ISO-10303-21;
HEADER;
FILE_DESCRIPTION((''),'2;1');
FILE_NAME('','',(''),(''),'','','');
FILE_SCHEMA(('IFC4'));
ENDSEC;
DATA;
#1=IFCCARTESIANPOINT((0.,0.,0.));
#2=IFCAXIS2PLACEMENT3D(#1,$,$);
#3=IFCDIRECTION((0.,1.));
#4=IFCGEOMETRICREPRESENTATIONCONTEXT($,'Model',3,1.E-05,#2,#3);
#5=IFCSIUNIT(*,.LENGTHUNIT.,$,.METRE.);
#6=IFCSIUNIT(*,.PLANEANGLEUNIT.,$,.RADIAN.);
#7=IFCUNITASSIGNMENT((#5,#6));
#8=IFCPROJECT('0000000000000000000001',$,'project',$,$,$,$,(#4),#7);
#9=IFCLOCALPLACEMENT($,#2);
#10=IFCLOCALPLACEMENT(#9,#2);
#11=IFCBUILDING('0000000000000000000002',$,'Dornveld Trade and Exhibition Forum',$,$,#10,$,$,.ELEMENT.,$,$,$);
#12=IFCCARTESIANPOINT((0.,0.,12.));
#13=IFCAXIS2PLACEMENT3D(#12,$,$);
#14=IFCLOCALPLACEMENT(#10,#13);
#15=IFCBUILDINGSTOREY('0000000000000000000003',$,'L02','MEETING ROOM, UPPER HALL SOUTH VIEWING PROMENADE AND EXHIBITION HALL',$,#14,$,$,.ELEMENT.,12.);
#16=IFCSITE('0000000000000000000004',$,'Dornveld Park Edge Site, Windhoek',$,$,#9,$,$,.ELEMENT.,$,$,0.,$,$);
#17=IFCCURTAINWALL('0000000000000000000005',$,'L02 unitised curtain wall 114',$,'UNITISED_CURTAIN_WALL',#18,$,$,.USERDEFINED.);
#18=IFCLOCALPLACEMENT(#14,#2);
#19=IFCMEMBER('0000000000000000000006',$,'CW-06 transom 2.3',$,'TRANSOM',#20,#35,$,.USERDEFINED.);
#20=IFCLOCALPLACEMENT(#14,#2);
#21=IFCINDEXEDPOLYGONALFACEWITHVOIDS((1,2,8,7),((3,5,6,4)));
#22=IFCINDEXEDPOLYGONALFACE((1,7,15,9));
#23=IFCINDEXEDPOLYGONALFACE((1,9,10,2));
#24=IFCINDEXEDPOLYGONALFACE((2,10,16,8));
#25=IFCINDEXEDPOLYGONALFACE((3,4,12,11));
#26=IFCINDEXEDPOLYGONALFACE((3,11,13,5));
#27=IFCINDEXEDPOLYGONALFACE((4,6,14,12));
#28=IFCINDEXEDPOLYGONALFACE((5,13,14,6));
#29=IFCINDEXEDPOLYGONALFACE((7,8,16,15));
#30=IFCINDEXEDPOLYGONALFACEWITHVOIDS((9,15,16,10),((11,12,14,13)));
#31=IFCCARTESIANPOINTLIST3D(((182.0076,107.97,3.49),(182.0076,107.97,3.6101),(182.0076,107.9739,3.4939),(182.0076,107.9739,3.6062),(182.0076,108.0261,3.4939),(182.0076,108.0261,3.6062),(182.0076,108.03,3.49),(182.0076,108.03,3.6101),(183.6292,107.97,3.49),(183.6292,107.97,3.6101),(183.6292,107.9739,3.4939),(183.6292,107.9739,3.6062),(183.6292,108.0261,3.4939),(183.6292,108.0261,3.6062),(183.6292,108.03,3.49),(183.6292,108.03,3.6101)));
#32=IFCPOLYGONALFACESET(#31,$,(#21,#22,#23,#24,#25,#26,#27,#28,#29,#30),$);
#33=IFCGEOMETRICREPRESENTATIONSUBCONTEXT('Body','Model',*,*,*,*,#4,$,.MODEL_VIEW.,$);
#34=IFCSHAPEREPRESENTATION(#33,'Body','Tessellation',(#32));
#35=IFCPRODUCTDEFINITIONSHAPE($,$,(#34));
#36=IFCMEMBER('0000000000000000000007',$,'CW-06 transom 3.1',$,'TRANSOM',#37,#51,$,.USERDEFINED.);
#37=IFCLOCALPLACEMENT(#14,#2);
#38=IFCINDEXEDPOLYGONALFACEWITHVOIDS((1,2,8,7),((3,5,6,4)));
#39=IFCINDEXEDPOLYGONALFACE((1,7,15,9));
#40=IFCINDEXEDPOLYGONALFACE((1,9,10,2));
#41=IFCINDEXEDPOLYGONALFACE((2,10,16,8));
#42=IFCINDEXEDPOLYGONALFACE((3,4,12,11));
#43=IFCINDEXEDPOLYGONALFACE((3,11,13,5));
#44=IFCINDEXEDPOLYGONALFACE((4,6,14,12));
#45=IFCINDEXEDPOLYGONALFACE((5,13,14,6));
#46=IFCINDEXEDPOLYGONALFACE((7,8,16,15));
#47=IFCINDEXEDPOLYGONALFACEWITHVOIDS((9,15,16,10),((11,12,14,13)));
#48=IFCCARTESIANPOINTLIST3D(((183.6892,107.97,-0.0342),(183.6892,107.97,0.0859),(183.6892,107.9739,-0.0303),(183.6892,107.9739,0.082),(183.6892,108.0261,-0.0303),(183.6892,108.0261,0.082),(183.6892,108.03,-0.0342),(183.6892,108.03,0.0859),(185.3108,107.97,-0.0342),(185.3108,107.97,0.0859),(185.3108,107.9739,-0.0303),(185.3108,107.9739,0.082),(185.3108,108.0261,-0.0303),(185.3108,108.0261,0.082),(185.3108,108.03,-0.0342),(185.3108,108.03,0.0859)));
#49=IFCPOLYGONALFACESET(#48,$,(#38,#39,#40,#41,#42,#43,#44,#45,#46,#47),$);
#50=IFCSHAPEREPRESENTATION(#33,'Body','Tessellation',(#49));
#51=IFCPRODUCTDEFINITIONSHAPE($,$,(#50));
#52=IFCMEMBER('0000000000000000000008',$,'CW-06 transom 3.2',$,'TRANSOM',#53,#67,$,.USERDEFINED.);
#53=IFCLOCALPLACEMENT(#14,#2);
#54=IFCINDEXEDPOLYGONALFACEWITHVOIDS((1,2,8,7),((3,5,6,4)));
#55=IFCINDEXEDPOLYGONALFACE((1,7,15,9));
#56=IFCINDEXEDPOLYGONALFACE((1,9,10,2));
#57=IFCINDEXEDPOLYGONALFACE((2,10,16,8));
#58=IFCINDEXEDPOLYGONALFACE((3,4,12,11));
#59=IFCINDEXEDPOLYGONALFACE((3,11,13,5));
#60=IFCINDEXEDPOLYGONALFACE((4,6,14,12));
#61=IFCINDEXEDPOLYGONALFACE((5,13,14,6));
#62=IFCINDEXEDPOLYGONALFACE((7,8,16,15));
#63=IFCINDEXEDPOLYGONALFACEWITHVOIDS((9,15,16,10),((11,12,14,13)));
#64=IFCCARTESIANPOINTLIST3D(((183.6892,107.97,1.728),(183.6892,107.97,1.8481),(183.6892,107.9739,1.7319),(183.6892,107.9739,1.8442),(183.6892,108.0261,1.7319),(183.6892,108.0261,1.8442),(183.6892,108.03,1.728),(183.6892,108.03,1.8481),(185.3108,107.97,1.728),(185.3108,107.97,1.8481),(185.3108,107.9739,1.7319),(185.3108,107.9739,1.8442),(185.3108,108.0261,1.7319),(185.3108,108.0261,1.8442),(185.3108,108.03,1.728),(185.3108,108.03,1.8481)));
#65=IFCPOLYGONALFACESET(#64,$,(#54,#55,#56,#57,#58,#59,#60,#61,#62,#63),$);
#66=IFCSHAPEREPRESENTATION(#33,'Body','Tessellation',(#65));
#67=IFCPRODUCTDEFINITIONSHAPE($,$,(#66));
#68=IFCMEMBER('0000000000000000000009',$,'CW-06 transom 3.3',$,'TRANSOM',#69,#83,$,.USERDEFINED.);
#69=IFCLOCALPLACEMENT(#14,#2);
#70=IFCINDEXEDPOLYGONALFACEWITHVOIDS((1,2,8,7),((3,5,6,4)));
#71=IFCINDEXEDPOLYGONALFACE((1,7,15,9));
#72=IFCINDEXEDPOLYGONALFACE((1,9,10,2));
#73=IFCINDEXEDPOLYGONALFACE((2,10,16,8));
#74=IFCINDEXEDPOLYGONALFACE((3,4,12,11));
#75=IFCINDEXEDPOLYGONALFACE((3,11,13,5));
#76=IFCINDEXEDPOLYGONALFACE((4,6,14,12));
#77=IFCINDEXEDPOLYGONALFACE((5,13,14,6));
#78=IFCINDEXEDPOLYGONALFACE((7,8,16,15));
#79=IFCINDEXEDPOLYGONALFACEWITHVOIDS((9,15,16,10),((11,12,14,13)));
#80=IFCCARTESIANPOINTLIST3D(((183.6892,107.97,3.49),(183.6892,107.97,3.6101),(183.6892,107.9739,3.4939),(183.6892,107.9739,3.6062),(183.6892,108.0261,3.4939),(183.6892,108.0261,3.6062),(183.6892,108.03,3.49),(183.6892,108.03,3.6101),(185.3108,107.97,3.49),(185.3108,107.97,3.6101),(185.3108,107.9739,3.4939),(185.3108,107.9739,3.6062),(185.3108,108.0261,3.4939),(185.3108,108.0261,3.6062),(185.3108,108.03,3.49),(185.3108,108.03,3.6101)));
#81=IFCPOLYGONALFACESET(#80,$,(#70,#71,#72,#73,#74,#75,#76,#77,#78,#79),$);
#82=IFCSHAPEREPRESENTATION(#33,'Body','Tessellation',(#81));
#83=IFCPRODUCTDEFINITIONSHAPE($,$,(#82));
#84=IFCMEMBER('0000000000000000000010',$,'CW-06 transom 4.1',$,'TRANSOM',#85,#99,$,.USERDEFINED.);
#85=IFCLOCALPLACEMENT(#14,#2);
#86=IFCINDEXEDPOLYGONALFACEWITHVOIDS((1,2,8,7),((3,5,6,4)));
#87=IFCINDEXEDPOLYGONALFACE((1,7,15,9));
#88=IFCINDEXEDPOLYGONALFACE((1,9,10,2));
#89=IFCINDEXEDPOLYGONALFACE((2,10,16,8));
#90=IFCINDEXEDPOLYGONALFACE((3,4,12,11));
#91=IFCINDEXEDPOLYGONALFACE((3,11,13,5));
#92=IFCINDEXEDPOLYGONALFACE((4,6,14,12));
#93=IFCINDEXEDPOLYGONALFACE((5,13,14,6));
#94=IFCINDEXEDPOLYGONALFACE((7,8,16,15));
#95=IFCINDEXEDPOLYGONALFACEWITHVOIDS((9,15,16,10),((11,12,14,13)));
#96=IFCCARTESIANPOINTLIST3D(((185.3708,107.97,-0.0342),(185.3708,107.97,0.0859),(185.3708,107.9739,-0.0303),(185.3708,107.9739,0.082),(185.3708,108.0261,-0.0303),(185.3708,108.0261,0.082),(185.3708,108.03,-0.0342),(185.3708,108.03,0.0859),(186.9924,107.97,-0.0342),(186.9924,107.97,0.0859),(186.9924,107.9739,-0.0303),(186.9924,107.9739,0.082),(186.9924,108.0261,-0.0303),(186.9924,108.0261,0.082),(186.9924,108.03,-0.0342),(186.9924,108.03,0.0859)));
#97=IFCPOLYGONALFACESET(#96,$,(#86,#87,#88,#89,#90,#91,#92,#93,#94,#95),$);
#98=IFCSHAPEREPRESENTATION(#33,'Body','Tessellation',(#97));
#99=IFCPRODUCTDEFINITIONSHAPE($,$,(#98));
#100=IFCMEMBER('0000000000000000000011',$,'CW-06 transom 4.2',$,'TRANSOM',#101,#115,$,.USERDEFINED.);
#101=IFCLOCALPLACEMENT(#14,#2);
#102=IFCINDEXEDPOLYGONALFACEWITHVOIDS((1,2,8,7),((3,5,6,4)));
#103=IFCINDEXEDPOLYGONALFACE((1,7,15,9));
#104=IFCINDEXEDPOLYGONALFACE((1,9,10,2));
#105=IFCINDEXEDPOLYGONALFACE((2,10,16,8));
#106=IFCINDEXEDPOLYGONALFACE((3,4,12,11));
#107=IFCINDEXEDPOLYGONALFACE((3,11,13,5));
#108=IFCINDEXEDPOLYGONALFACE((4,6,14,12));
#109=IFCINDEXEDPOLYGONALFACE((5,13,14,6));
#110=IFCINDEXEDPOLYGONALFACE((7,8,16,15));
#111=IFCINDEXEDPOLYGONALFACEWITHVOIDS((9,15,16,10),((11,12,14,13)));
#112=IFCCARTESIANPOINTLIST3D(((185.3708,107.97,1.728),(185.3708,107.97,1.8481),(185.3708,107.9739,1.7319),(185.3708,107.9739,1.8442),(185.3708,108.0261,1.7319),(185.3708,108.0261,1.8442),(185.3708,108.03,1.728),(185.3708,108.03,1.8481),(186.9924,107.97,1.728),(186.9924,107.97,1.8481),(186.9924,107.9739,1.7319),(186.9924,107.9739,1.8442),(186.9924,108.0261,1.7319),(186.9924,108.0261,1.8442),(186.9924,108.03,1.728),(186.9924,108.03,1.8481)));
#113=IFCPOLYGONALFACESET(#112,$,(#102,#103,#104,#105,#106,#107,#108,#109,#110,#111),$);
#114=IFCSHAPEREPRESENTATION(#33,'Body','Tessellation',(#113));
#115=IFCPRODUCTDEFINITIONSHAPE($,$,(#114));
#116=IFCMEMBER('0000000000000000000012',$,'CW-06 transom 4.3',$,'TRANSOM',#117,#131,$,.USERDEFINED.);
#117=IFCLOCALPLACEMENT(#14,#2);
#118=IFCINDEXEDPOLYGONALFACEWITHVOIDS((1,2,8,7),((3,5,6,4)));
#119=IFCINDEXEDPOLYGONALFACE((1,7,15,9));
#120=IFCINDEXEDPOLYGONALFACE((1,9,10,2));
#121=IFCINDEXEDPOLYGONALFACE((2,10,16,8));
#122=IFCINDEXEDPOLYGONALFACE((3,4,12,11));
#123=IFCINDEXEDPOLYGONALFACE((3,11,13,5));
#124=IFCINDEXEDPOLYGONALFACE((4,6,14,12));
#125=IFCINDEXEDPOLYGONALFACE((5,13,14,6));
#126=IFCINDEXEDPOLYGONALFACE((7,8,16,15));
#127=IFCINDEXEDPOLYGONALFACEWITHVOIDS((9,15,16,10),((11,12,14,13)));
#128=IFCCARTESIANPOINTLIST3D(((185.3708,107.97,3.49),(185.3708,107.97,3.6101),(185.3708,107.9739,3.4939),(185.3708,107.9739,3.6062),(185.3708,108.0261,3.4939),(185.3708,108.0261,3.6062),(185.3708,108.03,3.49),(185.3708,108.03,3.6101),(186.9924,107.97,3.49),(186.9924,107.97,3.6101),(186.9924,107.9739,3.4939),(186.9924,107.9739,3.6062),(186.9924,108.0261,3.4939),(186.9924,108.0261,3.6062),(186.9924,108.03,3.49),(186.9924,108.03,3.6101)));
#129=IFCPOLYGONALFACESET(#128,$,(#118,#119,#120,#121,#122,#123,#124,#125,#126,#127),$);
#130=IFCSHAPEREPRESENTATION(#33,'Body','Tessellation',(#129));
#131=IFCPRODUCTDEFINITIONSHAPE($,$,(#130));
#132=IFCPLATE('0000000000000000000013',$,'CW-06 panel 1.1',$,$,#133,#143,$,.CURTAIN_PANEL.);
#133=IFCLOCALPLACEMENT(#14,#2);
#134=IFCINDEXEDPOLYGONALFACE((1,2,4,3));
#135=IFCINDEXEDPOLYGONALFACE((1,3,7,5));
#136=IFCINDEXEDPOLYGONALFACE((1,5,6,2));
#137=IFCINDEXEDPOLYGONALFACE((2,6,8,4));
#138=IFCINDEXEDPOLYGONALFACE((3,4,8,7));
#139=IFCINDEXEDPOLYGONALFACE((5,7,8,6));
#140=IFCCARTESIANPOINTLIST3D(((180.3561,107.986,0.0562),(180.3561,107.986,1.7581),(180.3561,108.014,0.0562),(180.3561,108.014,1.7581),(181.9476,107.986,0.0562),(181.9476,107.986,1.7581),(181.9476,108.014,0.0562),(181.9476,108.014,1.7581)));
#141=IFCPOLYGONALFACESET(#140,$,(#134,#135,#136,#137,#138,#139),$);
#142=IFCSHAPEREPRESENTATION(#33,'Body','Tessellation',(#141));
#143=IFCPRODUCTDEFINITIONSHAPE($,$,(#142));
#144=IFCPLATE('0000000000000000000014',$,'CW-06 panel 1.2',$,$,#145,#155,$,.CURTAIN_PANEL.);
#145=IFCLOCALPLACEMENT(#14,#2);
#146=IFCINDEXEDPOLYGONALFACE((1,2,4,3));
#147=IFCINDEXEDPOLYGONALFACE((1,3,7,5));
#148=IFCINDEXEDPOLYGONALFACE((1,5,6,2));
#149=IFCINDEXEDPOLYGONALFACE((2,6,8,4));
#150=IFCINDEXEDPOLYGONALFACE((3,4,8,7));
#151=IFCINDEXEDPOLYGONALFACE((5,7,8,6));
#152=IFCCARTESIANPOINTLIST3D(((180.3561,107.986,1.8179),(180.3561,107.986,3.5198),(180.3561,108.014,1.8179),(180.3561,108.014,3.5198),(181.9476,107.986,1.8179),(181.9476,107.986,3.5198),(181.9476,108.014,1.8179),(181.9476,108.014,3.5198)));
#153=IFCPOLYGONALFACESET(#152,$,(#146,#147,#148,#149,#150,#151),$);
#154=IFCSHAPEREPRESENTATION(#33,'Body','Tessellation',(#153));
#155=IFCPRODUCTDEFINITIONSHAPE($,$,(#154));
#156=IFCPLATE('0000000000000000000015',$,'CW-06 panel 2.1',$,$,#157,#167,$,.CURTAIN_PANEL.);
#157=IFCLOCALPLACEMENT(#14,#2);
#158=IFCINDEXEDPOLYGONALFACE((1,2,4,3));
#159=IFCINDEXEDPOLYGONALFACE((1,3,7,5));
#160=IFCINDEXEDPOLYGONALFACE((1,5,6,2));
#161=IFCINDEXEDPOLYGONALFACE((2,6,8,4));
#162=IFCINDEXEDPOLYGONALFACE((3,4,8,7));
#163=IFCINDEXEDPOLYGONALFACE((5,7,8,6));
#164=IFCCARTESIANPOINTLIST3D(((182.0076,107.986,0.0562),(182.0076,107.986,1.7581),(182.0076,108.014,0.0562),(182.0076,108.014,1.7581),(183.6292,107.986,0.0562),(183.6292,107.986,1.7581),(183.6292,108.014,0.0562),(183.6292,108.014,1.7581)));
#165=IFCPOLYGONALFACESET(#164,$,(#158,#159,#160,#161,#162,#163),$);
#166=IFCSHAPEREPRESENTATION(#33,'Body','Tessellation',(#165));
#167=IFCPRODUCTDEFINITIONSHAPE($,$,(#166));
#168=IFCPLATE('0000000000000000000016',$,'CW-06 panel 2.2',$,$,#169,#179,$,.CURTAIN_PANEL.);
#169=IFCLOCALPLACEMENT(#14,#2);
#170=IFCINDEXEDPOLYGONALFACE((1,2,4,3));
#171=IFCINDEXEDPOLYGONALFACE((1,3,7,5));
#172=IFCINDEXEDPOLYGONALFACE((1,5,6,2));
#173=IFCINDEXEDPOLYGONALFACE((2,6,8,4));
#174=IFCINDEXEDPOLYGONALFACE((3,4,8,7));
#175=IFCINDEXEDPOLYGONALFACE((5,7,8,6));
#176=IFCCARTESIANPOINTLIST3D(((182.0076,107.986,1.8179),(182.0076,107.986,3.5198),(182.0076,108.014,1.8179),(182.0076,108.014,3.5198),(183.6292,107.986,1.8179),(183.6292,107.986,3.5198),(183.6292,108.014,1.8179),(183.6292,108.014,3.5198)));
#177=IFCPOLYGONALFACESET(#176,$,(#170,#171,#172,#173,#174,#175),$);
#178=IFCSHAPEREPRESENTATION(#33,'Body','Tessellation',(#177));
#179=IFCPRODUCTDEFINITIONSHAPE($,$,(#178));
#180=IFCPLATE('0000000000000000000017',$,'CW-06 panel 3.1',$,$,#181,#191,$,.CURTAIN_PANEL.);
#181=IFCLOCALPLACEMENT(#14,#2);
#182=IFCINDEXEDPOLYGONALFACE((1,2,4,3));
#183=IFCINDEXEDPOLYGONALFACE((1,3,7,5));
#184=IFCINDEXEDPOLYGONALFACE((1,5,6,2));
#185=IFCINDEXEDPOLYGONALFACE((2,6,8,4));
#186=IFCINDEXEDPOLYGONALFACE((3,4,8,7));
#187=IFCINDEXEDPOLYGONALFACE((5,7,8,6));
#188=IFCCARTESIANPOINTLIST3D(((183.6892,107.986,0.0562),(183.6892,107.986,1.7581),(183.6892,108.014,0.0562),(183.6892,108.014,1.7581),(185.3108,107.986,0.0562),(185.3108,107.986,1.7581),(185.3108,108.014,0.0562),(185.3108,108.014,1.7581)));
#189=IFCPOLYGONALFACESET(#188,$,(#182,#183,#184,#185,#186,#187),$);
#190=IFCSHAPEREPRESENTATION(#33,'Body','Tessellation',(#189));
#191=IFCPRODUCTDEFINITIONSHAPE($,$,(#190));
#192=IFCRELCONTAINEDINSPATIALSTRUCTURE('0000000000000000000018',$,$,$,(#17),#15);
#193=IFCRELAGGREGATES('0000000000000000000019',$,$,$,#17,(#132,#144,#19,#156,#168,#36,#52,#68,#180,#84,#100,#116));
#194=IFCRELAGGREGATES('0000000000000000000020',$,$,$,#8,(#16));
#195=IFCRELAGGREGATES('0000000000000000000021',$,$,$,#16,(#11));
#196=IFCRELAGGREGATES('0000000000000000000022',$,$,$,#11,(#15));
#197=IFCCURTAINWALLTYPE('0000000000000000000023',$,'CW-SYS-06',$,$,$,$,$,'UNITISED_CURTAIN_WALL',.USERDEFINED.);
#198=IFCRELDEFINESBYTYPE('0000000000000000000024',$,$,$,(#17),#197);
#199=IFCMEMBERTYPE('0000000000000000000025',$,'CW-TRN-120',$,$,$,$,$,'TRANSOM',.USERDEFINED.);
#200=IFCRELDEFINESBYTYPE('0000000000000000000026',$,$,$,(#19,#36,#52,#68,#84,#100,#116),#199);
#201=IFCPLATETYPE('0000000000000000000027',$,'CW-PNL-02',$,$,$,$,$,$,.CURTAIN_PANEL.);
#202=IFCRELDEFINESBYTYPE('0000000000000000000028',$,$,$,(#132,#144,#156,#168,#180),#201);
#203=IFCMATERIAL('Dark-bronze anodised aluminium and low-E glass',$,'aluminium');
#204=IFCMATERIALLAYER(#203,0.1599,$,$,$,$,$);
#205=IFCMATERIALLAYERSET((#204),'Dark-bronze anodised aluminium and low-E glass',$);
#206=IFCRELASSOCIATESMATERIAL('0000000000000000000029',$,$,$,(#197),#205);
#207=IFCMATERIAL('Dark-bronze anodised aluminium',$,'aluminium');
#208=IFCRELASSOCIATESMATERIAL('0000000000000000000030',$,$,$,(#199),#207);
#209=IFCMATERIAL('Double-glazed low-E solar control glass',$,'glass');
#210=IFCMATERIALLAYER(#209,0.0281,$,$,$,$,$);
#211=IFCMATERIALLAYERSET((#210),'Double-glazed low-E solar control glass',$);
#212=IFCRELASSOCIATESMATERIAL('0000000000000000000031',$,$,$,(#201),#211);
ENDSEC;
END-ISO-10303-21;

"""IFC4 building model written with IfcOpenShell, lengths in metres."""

from ifc_helpers import new_model, si_unit, direction, frame, origin, origin_2d, place, context, subcontext, project, spatial, rectangle, hollow_rectangle, extrude, material, layer, layer_set, material_profile, profile_set, type_object, element, aggregate, save


model = new_model("IFC4")

# Units and contexts
model_context = context("Model", 3, precision=1e-05, world=origin(), true_north=direction((0.0, 1.0)))
body_context = subcontext(model_context, "Body", "Model", "MODEL_VIEW")
ifc_project = project(units=[si_unit("LENGTHUNIT", "METRE"), si_unit("PLANEANGLEUNIT", "RADIAN")], contexts=[model_context])

# Site, building, storey
site_placement = place(None, origin())
site = spatial("IfcSite", under=ifc_project, at=site_placement, Name="Dornveld Park Edge Site, Windhoek", CompositionType="ELEMENT", RefElevation=0.0)
building_placement = place(site_placement, origin())
building = spatial("IfcBuilding", under=site, at=building_placement, Name="Dornveld Trade and Exhibition Forum", CompositionType="ELEMENT")
storey_placement = place(building_placement, frame((0.0, 0.0, 12.0)))
storey = spatial("IfcBuildingStorey", under=building, at=storey_placement, Name="L02", Description="MEETING ROOM, UPPER HALL SOUTH VIEWING PROMENADE AND EXHIBITION HALL", CompositionType="ELEMENT", Elevation=12.0)

# Curtain wall, members, plates
ifc_material_1 = material(Name="Dark-bronze anodised aluminium and low-E glass", Category="aluminium")
ifc_layer_1 = layer(ifc_material_1, 0.1599)
ifc_layer_set_1 = layer_set([ifc_layer_1], Name="Dark-bronze anodised aluminium and low-E glass")
curtain_wall_type = type_object("IfcCurtainWallType", Name="CW-SYS-06", ElementType="UNITISED_CURTAIN_WALL", PredefinedType="USERDEFINED", material=ifc_layer_set_1)
curtain_wall_placement = place(storey_placement, origin())
curtain_wall = element("IfcCurtainWall", 1, at=curtain_wall_placement, inside=storey, type_object=curtain_wall_type, Name="L02 unitised curtain wall 114", ObjectType="UNITISED_CURTAIN_WALL", PredefinedType="USERDEFINED")
ifc_material_2 = material(Name="Dark-bronze anodised aluminium", Category="aluminium")
ifc_material_profile_1 = material_profile(ifc_material_2, hollow_rectangle(XDim=0.0601, YDim=0.1201, WallThickness=0.0039, at=origin_2d()), Name="RHS 120x60x4")
ifc_profile_set_1 = profile_set([ifc_material_profile_1], Name="Dark-bronze anodised aluminium")
member_type_1 = type_object("IfcMemberType", Name="CW-TRN-120", ElementType="TRANSOM", PredefinedType="USERDEFINED", material=ifc_profile_set_1)
member_1_placement = place(storey_placement, frame((182.0076, 108.0, 3.55), z_axis=(1.0, 0.0, 0.0), x_axis=(0.0, 1.0, 0.0)))
member_1 = element("IfcMember", 2, at=member_1_placement, type_object=member_type_1, Name="CW-06 transom 2.3", ObjectType="TRANSOM", PredefinedType="USERDEFINED", context=body_context, shape_type="SweptSolid", body=[
    extrude(hollow_rectangle(XDim=0.0601, YDim=0.1201, WallThickness=0.0039, at=origin_2d()), origin(), (0.0, 0.0, 1.0), 1.6216),
])
member_2_placement = place(storey_placement, frame((183.6892, 108.0, 0.0259), z_axis=(1.0, 0.0, 0.0), x_axis=(0.0, 1.0, 0.0)))
member_2 = element("IfcMember", 3, at=member_2_placement, type_object=member_type_1, Name="CW-06 transom 3.1", ObjectType="TRANSOM", PredefinedType="USERDEFINED", context=body_context, shape_type="SweptSolid", body=[
    extrude(hollow_rectangle(XDim=0.0601, YDim=0.1201, WallThickness=0.0039, at=origin_2d()), origin(), (0.0, 0.0, 1.0), 1.6216),
])
member_3_placement = place(storey_placement, frame((183.6892, 108.0, 1.7881), z_axis=(1.0, 0.0, 0.0), x_axis=(0.0, 1.0, 0.0)))
member_3 = element("IfcMember", 4, at=member_3_placement, type_object=member_type_1, Name="CW-06 transom 3.2", ObjectType="TRANSOM", PredefinedType="USERDEFINED", context=body_context, shape_type="SweptSolid", body=[
    extrude(hollow_rectangle(XDim=0.0601, YDim=0.1201, WallThickness=0.0039, at=origin_2d()), origin(), (0.0, 0.0, 1.0), 1.6216),
])
member_4_placement = place(storey_placement, frame((183.6892, 108.0, 3.55), z_axis=(1.0, 0.0, 0.0), x_axis=(0.0, 1.0, 0.0)))
member_4 = element("IfcMember", 5, at=member_4_placement, type_object=member_type_1, Name="CW-06 transom 3.3", ObjectType="TRANSOM", PredefinedType="USERDEFINED", context=body_context, shape_type="SweptSolid", body=[
    extrude(hollow_rectangle(XDim=0.0601, YDim=0.1201, WallThickness=0.0039, at=origin_2d()), origin(), (0.0, 0.0, 1.0), 1.6216),
])
member_5_placement = place(storey_placement, frame((185.3708, 108.0, 0.0259), z_axis=(1.0, 0.0, 0.0), x_axis=(0.0, 1.0, 0.0)))
member_5 = element("IfcMember", 6, at=member_5_placement, type_object=member_type_1, Name="CW-06 transom 4.1", ObjectType="TRANSOM", PredefinedType="USERDEFINED", context=body_context, shape_type="SweptSolid", body=[
    extrude(hollow_rectangle(XDim=0.0601, YDim=0.1201, WallThickness=0.0039, at=origin_2d()), origin(), (0.0, 0.0, 1.0), 1.6216),
])
member_6_placement = place(storey_placement, frame((185.3708, 108.0, 1.7881), z_axis=(1.0, 0.0, 0.0), x_axis=(0.0, 1.0, 0.0)))
member_6 = element("IfcMember", 7, at=member_6_placement, type_object=member_type_1, Name="CW-06 transom 4.2", ObjectType="TRANSOM", PredefinedType="USERDEFINED", context=body_context, shape_type="SweptSolid", body=[
    extrude(hollow_rectangle(XDim=0.0601, YDim=0.1201, WallThickness=0.0039, at=origin_2d()), origin(), (0.0, 0.0, 1.0), 1.6216),
])
member_7_placement = place(storey_placement, frame((185.3708, 108.0, 3.55), z_axis=(1.0, 0.0, 0.0), x_axis=(0.0, 1.0, 0.0)))
member_7 = element("IfcMember", 8, at=member_7_placement, type_object=member_type_1, Name="CW-06 transom 4.3", ObjectType="TRANSOM", PredefinedType="USERDEFINED", context=body_context, shape_type="SweptSolid", body=[
    extrude(hollow_rectangle(XDim=0.0601, YDim=0.1201, WallThickness=0.0039, at=origin_2d()), origin(), (0.0, 0.0, 1.0), 1.6216),
])
ifc_material_3 = material(Name="Double-glazed low-E solar control glass", Category="glass")
ifc_layer_2 = layer(ifc_material_3, 0.0281)
ifc_layer_set_2 = layer_set([ifc_layer_2], Name="Double-glazed low-E solar control glass")
plate_type = type_object("IfcPlateType", Name="CW-PNL-02", PredefinedType="CURTAIN_PANEL", material=ifc_layer_set_2)
plate_1_placement = place(storey_placement, frame((181.1519, 108.0, 0.0562), z_axis=(0.0, 0.0, 1.0), x_axis=(1.0, 0.0, 0.0)))
plate_1 = element("IfcPlate", 9, at=plate_1_placement, type_object=plate_type, Name="CW-06 panel 1.1", PredefinedType="CURTAIN_PANEL", context=body_context, shape_type="SweptSolid", body=[
    extrude(rectangle(XDim=1.5916, YDim=0.0281, at=origin_2d()), origin(), (0.0, 0.0, 1.0), 1.7019),
])
plate_2_placement = place(storey_placement, frame((181.1519, 108.0, 1.8179), z_axis=(0.0, 0.0, 1.0), x_axis=(1.0, 0.0, 0.0)))
plate_2 = element("IfcPlate", 10, at=plate_2_placement, type_object=plate_type, Name="CW-06 panel 1.2", PredefinedType="CURTAIN_PANEL", context=body_context, shape_type="SweptSolid", body=[
    extrude(rectangle(XDim=1.5916, YDim=0.0281, at=origin_2d()), origin(), (0.0, 0.0, 1.0), 1.7019),
])
plate_3_placement = place(storey_placement, frame((182.8184, 108.0, 0.0562), z_axis=(0.0, 0.0, 1.0), x_axis=(1.0, 0.0, 0.0)))
plate_3 = element("IfcPlate", 11, at=plate_3_placement, type_object=plate_type, Name="CW-06 panel 2.1", PredefinedType="CURTAIN_PANEL", context=body_context, shape_type="SweptSolid", body=[
    extrude(rectangle(XDim=1.6216, YDim=0.0281, at=origin_2d()), origin(), (0.0, 0.0, 1.0), 1.7019),
])
plate_4_placement = place(storey_placement, frame((182.8184, 108.0, 1.8179), z_axis=(0.0, 0.0, 1.0), x_axis=(1.0, 0.0, 0.0)))
plate_4 = element("IfcPlate", 12, at=plate_4_placement, type_object=plate_type, Name="CW-06 panel 2.2", PredefinedType="CURTAIN_PANEL", context=body_context, shape_type="SweptSolid", body=[
    extrude(rectangle(XDim=1.6216, YDim=0.0281, at=origin_2d()), origin(), (0.0, 0.0, 1.0), 1.7019),
])
plate_5_placement = place(storey_placement, frame((184.5, 108.0, 0.0562), z_axis=(0.0, 0.0, 1.0), x_axis=(1.0, 0.0, 0.0)))
plate_5 = element("IfcPlate", 13, at=plate_5_placement, type_object=plate_type, Name="CW-06 panel 3.1", PredefinedType="CURTAIN_PANEL", context=body_context, shape_type="SweptSolid", body=[
    extrude(rectangle(XDim=1.6216, YDim=0.0281, at=origin_2d()), origin(), (0.0, 0.0, 1.0), 1.7019),
])
aggregate(curtain_wall, [plate_1, plate_2, member_1, plate_3, plate_4, member_2, member_3, member_4, plate_5, member_5, member_6, member_7])

save(model, "model.ifc")
